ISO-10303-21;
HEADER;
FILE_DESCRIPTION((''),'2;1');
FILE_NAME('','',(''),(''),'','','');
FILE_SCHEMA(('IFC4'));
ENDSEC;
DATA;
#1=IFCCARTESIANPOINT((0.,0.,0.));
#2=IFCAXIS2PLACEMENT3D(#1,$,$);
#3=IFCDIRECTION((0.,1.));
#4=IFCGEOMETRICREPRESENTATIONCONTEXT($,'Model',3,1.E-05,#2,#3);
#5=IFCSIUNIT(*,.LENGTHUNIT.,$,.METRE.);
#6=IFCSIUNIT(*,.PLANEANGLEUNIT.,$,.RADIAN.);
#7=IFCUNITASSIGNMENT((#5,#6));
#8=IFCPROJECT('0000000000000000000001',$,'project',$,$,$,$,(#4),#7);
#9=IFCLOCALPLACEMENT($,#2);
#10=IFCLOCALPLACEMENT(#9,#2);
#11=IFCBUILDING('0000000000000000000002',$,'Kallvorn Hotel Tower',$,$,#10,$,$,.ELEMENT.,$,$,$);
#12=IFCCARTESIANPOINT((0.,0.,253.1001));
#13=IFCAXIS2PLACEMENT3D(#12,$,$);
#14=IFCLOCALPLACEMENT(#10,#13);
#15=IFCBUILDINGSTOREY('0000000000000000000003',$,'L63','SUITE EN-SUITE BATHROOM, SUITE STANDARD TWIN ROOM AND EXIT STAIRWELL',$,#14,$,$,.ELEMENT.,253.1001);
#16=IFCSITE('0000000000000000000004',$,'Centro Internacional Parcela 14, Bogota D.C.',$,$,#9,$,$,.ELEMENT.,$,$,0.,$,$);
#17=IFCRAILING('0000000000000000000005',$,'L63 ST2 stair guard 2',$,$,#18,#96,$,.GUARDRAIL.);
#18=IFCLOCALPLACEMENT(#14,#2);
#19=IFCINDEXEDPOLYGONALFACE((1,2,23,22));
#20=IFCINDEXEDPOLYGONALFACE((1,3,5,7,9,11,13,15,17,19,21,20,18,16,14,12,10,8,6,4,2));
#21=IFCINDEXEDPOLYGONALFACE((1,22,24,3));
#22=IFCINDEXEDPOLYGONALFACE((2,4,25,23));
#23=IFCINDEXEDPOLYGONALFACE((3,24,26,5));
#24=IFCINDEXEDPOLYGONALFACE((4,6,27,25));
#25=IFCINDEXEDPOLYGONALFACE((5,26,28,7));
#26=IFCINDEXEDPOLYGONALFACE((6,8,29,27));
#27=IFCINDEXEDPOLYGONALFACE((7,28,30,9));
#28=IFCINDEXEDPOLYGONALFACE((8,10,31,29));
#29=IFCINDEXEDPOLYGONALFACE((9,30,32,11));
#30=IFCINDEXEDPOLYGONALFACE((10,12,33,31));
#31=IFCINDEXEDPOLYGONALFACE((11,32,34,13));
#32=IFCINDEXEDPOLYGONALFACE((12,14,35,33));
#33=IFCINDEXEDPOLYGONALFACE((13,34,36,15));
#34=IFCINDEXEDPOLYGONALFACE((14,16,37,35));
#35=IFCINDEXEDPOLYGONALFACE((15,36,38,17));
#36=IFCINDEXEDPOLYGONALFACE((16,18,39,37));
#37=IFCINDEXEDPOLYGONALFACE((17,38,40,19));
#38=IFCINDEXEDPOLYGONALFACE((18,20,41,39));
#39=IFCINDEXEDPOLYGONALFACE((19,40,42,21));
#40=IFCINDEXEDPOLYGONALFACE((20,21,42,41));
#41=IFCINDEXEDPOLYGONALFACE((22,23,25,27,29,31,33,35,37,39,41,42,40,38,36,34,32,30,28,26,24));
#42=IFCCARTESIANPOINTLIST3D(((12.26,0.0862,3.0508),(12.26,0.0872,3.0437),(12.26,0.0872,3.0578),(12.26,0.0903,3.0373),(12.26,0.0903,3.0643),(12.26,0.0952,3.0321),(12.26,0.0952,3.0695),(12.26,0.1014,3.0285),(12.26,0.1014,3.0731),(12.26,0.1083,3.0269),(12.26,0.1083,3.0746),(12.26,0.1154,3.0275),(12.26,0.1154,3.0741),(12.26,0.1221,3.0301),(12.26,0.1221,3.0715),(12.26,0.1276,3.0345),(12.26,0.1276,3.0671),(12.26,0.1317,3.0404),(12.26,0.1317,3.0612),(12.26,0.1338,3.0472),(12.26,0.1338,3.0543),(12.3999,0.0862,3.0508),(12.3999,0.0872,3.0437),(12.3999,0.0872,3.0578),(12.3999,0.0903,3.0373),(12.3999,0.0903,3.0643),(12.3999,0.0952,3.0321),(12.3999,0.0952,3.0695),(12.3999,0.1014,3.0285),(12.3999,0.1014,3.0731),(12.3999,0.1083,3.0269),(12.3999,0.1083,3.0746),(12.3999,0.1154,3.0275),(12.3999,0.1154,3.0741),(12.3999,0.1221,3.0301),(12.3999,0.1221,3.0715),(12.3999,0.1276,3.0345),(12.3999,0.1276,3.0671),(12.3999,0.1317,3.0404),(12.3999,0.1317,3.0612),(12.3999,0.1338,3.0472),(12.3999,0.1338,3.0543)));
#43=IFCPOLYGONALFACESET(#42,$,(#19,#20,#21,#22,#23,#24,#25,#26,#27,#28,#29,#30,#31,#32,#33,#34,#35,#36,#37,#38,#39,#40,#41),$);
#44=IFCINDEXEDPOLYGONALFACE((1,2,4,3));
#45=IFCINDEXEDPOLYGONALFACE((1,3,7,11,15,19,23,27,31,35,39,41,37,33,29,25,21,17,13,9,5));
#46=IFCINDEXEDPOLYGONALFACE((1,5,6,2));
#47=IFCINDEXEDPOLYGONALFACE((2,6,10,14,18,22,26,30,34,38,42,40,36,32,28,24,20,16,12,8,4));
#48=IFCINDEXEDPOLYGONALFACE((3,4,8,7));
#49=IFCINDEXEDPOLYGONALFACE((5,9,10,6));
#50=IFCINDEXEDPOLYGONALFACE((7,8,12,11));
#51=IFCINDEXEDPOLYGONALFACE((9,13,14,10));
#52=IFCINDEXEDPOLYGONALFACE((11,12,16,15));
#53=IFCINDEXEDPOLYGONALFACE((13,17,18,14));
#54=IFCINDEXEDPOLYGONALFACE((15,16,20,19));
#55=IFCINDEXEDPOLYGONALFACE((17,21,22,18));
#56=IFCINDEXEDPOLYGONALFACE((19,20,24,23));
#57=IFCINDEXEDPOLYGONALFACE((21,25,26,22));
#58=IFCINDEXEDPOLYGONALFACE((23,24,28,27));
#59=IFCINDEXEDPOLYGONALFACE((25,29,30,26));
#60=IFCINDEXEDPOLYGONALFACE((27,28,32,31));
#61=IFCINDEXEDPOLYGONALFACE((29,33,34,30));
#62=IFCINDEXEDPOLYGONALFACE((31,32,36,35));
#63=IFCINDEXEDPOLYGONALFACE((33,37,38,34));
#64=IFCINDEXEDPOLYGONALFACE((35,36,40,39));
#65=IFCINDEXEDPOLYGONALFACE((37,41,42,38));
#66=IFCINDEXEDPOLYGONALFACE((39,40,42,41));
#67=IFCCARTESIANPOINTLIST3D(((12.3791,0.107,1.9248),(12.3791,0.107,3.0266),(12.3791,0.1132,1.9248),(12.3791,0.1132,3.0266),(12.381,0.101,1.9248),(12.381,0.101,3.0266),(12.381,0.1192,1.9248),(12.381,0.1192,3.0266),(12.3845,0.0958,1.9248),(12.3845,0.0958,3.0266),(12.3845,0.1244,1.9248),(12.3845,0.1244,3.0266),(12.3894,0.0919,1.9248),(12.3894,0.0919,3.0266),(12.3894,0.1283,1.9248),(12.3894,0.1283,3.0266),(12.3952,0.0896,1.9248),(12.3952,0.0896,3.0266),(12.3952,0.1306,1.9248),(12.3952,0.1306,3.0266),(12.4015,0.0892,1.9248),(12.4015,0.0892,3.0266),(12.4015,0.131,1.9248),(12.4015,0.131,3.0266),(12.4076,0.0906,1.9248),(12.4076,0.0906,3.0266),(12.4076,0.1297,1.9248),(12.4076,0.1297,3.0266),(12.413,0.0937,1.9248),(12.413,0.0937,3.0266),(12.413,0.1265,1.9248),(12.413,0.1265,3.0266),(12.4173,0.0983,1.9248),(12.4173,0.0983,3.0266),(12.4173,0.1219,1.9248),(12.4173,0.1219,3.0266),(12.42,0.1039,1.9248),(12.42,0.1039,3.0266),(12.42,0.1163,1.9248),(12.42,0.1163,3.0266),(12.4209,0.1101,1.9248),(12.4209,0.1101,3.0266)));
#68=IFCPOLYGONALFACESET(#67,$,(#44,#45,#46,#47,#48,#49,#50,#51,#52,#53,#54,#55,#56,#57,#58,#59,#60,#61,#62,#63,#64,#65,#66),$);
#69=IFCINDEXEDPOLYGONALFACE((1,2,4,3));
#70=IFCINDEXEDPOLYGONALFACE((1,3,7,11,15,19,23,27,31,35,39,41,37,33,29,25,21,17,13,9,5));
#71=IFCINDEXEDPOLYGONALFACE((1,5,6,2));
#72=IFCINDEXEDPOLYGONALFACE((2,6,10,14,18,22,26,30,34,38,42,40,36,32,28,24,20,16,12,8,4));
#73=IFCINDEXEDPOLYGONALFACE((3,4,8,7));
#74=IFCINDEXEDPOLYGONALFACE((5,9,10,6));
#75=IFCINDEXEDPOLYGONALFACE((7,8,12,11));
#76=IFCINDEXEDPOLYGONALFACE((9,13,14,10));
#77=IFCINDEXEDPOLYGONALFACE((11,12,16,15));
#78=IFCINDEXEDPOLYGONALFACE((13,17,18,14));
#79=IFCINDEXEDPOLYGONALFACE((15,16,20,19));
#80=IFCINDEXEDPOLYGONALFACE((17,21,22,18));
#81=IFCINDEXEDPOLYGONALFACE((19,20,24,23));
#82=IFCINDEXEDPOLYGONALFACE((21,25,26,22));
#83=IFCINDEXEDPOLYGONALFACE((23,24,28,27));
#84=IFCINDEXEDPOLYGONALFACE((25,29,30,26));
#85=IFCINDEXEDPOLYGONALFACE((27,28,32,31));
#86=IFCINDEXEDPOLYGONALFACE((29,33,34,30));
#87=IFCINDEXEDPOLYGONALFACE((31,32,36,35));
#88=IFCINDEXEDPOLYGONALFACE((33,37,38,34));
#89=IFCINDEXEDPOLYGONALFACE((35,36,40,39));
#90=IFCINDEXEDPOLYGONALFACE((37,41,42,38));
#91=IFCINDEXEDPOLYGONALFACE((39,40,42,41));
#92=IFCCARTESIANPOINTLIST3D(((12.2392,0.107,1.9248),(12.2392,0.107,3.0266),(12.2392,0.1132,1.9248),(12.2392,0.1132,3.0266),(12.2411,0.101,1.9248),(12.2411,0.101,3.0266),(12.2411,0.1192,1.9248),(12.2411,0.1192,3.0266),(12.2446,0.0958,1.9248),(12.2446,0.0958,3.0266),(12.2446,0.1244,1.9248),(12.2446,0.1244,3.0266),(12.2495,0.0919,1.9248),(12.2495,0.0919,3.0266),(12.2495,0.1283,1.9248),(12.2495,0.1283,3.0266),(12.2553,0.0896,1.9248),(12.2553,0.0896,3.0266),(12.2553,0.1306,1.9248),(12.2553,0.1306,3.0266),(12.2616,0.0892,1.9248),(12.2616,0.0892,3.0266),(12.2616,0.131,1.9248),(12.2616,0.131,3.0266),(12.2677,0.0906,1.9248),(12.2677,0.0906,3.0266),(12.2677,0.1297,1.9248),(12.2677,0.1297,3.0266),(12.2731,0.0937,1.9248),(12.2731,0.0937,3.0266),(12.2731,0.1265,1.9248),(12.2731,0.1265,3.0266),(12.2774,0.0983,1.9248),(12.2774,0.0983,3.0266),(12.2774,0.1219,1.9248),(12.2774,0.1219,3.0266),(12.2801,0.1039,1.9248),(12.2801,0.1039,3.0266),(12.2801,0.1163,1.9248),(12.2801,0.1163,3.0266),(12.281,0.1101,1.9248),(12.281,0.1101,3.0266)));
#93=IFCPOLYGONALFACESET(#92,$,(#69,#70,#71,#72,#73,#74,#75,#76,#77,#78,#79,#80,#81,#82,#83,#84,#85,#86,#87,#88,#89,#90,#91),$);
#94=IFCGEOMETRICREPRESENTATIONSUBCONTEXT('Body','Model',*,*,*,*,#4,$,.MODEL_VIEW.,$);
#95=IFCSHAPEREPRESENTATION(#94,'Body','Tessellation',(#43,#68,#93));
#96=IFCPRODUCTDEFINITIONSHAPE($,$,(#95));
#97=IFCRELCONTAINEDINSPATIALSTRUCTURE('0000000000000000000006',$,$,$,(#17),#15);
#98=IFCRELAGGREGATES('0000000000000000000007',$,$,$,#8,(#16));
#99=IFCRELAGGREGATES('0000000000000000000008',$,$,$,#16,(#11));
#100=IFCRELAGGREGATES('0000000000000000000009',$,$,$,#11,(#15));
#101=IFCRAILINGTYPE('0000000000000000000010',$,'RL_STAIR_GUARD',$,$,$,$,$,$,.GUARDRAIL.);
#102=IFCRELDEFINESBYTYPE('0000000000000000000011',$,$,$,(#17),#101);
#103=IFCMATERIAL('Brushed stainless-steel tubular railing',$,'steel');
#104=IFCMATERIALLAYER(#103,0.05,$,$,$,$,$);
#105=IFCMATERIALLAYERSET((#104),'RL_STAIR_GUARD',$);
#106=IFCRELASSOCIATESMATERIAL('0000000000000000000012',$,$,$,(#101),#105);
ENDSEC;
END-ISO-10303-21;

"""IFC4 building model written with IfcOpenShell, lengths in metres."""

from ifc_helpers import new_model, si_unit, direction, frame, origin, origin_2d, place, context, subcontext, project, spatial, circle, extrude, material, layer, layer_set, type_object, element, save


model = new_model("IFC4")

# Units and contexts
model_context = context("Model", 3, precision=1e-05, world=origin(), true_north=direction((0.0, 1.0)))
body_context = subcontext(model_context, "Body", "Model", "MODEL_VIEW")
ifc_project = project(units=[si_unit("LENGTHUNIT", "METRE"), si_unit("PLANEANGLEUNIT", "RADIAN")], contexts=[model_context])

# Site, building, storey
site_placement = place(None, origin())
site = spatial("IfcSite", under=ifc_project, at=site_placement, Name="Centro Internacional Parcela 14, Bogota D.C.", CompositionType="ELEMENT", RefElevation=0.0)
building_placement = place(site_placement, origin())
building = spatial("IfcBuilding", under=site, at=building_placement, Name="Kallvorn Hotel Tower", CompositionType="ELEMENT")
storey_placement = place(building_placement, frame((0.0, 0.0, 253.1001)))
storey = spatial("IfcBuildingStorey", under=building, at=storey_placement, Name="L63", Description="SUITE EN-SUITE BATHROOM, SUITE STANDARD TWIN ROOM AND EXIT STAIRWELL", CompositionType="ELEMENT", Elevation=253.1001)

# Railing
ifc_material_1 = material(Name="Brushed stainless-steel tubular railing", Category="steel")
ifc_layer_1 = layer(ifc_material_1, 0.05)
ifc_layer_set_1 = layer_set([ifc_layer_1], Name="RL_STAIR_GUARD")
railing_type_1 = type_object("IfcRailingType", Name="RL_STAIR_GUARD", PredefinedType="GUARDRAIL", material=ifc_layer_set_1)
railing_1_placement = place(storey_placement, frame((12.3999, 0.1101, 1.9248)))
element("IfcRailing", 1, at=railing_1_placement, inside=storey, type_object=railing_type_1, Name="L63 ST2 stair guard 2", PredefinedType="GUARDRAIL", context=body_context, shape_type="SweptSolid", body=[
    extrude(circle(Radius=0.0239, at=origin_2d()), frame((0.0, 0.0, 1.126), z_axis=(-1.0, 0.0, 0.0), x_axis=(0.0, -1.0, 0.0)), (0.0, 0.0, 1.0), 0.1399),
    extrude(circle(Radius=0.021, at=origin_2d()), origin(), (0.0, 0.0, 1.0), 1.1018),
    extrude(circle(Radius=0.021, at=origin_2d()), frame((-0.1399, 0.0, 0.0)), (0.0, 0.0, 1.0), 1.1018),
])

save(model, "model.ifc")
